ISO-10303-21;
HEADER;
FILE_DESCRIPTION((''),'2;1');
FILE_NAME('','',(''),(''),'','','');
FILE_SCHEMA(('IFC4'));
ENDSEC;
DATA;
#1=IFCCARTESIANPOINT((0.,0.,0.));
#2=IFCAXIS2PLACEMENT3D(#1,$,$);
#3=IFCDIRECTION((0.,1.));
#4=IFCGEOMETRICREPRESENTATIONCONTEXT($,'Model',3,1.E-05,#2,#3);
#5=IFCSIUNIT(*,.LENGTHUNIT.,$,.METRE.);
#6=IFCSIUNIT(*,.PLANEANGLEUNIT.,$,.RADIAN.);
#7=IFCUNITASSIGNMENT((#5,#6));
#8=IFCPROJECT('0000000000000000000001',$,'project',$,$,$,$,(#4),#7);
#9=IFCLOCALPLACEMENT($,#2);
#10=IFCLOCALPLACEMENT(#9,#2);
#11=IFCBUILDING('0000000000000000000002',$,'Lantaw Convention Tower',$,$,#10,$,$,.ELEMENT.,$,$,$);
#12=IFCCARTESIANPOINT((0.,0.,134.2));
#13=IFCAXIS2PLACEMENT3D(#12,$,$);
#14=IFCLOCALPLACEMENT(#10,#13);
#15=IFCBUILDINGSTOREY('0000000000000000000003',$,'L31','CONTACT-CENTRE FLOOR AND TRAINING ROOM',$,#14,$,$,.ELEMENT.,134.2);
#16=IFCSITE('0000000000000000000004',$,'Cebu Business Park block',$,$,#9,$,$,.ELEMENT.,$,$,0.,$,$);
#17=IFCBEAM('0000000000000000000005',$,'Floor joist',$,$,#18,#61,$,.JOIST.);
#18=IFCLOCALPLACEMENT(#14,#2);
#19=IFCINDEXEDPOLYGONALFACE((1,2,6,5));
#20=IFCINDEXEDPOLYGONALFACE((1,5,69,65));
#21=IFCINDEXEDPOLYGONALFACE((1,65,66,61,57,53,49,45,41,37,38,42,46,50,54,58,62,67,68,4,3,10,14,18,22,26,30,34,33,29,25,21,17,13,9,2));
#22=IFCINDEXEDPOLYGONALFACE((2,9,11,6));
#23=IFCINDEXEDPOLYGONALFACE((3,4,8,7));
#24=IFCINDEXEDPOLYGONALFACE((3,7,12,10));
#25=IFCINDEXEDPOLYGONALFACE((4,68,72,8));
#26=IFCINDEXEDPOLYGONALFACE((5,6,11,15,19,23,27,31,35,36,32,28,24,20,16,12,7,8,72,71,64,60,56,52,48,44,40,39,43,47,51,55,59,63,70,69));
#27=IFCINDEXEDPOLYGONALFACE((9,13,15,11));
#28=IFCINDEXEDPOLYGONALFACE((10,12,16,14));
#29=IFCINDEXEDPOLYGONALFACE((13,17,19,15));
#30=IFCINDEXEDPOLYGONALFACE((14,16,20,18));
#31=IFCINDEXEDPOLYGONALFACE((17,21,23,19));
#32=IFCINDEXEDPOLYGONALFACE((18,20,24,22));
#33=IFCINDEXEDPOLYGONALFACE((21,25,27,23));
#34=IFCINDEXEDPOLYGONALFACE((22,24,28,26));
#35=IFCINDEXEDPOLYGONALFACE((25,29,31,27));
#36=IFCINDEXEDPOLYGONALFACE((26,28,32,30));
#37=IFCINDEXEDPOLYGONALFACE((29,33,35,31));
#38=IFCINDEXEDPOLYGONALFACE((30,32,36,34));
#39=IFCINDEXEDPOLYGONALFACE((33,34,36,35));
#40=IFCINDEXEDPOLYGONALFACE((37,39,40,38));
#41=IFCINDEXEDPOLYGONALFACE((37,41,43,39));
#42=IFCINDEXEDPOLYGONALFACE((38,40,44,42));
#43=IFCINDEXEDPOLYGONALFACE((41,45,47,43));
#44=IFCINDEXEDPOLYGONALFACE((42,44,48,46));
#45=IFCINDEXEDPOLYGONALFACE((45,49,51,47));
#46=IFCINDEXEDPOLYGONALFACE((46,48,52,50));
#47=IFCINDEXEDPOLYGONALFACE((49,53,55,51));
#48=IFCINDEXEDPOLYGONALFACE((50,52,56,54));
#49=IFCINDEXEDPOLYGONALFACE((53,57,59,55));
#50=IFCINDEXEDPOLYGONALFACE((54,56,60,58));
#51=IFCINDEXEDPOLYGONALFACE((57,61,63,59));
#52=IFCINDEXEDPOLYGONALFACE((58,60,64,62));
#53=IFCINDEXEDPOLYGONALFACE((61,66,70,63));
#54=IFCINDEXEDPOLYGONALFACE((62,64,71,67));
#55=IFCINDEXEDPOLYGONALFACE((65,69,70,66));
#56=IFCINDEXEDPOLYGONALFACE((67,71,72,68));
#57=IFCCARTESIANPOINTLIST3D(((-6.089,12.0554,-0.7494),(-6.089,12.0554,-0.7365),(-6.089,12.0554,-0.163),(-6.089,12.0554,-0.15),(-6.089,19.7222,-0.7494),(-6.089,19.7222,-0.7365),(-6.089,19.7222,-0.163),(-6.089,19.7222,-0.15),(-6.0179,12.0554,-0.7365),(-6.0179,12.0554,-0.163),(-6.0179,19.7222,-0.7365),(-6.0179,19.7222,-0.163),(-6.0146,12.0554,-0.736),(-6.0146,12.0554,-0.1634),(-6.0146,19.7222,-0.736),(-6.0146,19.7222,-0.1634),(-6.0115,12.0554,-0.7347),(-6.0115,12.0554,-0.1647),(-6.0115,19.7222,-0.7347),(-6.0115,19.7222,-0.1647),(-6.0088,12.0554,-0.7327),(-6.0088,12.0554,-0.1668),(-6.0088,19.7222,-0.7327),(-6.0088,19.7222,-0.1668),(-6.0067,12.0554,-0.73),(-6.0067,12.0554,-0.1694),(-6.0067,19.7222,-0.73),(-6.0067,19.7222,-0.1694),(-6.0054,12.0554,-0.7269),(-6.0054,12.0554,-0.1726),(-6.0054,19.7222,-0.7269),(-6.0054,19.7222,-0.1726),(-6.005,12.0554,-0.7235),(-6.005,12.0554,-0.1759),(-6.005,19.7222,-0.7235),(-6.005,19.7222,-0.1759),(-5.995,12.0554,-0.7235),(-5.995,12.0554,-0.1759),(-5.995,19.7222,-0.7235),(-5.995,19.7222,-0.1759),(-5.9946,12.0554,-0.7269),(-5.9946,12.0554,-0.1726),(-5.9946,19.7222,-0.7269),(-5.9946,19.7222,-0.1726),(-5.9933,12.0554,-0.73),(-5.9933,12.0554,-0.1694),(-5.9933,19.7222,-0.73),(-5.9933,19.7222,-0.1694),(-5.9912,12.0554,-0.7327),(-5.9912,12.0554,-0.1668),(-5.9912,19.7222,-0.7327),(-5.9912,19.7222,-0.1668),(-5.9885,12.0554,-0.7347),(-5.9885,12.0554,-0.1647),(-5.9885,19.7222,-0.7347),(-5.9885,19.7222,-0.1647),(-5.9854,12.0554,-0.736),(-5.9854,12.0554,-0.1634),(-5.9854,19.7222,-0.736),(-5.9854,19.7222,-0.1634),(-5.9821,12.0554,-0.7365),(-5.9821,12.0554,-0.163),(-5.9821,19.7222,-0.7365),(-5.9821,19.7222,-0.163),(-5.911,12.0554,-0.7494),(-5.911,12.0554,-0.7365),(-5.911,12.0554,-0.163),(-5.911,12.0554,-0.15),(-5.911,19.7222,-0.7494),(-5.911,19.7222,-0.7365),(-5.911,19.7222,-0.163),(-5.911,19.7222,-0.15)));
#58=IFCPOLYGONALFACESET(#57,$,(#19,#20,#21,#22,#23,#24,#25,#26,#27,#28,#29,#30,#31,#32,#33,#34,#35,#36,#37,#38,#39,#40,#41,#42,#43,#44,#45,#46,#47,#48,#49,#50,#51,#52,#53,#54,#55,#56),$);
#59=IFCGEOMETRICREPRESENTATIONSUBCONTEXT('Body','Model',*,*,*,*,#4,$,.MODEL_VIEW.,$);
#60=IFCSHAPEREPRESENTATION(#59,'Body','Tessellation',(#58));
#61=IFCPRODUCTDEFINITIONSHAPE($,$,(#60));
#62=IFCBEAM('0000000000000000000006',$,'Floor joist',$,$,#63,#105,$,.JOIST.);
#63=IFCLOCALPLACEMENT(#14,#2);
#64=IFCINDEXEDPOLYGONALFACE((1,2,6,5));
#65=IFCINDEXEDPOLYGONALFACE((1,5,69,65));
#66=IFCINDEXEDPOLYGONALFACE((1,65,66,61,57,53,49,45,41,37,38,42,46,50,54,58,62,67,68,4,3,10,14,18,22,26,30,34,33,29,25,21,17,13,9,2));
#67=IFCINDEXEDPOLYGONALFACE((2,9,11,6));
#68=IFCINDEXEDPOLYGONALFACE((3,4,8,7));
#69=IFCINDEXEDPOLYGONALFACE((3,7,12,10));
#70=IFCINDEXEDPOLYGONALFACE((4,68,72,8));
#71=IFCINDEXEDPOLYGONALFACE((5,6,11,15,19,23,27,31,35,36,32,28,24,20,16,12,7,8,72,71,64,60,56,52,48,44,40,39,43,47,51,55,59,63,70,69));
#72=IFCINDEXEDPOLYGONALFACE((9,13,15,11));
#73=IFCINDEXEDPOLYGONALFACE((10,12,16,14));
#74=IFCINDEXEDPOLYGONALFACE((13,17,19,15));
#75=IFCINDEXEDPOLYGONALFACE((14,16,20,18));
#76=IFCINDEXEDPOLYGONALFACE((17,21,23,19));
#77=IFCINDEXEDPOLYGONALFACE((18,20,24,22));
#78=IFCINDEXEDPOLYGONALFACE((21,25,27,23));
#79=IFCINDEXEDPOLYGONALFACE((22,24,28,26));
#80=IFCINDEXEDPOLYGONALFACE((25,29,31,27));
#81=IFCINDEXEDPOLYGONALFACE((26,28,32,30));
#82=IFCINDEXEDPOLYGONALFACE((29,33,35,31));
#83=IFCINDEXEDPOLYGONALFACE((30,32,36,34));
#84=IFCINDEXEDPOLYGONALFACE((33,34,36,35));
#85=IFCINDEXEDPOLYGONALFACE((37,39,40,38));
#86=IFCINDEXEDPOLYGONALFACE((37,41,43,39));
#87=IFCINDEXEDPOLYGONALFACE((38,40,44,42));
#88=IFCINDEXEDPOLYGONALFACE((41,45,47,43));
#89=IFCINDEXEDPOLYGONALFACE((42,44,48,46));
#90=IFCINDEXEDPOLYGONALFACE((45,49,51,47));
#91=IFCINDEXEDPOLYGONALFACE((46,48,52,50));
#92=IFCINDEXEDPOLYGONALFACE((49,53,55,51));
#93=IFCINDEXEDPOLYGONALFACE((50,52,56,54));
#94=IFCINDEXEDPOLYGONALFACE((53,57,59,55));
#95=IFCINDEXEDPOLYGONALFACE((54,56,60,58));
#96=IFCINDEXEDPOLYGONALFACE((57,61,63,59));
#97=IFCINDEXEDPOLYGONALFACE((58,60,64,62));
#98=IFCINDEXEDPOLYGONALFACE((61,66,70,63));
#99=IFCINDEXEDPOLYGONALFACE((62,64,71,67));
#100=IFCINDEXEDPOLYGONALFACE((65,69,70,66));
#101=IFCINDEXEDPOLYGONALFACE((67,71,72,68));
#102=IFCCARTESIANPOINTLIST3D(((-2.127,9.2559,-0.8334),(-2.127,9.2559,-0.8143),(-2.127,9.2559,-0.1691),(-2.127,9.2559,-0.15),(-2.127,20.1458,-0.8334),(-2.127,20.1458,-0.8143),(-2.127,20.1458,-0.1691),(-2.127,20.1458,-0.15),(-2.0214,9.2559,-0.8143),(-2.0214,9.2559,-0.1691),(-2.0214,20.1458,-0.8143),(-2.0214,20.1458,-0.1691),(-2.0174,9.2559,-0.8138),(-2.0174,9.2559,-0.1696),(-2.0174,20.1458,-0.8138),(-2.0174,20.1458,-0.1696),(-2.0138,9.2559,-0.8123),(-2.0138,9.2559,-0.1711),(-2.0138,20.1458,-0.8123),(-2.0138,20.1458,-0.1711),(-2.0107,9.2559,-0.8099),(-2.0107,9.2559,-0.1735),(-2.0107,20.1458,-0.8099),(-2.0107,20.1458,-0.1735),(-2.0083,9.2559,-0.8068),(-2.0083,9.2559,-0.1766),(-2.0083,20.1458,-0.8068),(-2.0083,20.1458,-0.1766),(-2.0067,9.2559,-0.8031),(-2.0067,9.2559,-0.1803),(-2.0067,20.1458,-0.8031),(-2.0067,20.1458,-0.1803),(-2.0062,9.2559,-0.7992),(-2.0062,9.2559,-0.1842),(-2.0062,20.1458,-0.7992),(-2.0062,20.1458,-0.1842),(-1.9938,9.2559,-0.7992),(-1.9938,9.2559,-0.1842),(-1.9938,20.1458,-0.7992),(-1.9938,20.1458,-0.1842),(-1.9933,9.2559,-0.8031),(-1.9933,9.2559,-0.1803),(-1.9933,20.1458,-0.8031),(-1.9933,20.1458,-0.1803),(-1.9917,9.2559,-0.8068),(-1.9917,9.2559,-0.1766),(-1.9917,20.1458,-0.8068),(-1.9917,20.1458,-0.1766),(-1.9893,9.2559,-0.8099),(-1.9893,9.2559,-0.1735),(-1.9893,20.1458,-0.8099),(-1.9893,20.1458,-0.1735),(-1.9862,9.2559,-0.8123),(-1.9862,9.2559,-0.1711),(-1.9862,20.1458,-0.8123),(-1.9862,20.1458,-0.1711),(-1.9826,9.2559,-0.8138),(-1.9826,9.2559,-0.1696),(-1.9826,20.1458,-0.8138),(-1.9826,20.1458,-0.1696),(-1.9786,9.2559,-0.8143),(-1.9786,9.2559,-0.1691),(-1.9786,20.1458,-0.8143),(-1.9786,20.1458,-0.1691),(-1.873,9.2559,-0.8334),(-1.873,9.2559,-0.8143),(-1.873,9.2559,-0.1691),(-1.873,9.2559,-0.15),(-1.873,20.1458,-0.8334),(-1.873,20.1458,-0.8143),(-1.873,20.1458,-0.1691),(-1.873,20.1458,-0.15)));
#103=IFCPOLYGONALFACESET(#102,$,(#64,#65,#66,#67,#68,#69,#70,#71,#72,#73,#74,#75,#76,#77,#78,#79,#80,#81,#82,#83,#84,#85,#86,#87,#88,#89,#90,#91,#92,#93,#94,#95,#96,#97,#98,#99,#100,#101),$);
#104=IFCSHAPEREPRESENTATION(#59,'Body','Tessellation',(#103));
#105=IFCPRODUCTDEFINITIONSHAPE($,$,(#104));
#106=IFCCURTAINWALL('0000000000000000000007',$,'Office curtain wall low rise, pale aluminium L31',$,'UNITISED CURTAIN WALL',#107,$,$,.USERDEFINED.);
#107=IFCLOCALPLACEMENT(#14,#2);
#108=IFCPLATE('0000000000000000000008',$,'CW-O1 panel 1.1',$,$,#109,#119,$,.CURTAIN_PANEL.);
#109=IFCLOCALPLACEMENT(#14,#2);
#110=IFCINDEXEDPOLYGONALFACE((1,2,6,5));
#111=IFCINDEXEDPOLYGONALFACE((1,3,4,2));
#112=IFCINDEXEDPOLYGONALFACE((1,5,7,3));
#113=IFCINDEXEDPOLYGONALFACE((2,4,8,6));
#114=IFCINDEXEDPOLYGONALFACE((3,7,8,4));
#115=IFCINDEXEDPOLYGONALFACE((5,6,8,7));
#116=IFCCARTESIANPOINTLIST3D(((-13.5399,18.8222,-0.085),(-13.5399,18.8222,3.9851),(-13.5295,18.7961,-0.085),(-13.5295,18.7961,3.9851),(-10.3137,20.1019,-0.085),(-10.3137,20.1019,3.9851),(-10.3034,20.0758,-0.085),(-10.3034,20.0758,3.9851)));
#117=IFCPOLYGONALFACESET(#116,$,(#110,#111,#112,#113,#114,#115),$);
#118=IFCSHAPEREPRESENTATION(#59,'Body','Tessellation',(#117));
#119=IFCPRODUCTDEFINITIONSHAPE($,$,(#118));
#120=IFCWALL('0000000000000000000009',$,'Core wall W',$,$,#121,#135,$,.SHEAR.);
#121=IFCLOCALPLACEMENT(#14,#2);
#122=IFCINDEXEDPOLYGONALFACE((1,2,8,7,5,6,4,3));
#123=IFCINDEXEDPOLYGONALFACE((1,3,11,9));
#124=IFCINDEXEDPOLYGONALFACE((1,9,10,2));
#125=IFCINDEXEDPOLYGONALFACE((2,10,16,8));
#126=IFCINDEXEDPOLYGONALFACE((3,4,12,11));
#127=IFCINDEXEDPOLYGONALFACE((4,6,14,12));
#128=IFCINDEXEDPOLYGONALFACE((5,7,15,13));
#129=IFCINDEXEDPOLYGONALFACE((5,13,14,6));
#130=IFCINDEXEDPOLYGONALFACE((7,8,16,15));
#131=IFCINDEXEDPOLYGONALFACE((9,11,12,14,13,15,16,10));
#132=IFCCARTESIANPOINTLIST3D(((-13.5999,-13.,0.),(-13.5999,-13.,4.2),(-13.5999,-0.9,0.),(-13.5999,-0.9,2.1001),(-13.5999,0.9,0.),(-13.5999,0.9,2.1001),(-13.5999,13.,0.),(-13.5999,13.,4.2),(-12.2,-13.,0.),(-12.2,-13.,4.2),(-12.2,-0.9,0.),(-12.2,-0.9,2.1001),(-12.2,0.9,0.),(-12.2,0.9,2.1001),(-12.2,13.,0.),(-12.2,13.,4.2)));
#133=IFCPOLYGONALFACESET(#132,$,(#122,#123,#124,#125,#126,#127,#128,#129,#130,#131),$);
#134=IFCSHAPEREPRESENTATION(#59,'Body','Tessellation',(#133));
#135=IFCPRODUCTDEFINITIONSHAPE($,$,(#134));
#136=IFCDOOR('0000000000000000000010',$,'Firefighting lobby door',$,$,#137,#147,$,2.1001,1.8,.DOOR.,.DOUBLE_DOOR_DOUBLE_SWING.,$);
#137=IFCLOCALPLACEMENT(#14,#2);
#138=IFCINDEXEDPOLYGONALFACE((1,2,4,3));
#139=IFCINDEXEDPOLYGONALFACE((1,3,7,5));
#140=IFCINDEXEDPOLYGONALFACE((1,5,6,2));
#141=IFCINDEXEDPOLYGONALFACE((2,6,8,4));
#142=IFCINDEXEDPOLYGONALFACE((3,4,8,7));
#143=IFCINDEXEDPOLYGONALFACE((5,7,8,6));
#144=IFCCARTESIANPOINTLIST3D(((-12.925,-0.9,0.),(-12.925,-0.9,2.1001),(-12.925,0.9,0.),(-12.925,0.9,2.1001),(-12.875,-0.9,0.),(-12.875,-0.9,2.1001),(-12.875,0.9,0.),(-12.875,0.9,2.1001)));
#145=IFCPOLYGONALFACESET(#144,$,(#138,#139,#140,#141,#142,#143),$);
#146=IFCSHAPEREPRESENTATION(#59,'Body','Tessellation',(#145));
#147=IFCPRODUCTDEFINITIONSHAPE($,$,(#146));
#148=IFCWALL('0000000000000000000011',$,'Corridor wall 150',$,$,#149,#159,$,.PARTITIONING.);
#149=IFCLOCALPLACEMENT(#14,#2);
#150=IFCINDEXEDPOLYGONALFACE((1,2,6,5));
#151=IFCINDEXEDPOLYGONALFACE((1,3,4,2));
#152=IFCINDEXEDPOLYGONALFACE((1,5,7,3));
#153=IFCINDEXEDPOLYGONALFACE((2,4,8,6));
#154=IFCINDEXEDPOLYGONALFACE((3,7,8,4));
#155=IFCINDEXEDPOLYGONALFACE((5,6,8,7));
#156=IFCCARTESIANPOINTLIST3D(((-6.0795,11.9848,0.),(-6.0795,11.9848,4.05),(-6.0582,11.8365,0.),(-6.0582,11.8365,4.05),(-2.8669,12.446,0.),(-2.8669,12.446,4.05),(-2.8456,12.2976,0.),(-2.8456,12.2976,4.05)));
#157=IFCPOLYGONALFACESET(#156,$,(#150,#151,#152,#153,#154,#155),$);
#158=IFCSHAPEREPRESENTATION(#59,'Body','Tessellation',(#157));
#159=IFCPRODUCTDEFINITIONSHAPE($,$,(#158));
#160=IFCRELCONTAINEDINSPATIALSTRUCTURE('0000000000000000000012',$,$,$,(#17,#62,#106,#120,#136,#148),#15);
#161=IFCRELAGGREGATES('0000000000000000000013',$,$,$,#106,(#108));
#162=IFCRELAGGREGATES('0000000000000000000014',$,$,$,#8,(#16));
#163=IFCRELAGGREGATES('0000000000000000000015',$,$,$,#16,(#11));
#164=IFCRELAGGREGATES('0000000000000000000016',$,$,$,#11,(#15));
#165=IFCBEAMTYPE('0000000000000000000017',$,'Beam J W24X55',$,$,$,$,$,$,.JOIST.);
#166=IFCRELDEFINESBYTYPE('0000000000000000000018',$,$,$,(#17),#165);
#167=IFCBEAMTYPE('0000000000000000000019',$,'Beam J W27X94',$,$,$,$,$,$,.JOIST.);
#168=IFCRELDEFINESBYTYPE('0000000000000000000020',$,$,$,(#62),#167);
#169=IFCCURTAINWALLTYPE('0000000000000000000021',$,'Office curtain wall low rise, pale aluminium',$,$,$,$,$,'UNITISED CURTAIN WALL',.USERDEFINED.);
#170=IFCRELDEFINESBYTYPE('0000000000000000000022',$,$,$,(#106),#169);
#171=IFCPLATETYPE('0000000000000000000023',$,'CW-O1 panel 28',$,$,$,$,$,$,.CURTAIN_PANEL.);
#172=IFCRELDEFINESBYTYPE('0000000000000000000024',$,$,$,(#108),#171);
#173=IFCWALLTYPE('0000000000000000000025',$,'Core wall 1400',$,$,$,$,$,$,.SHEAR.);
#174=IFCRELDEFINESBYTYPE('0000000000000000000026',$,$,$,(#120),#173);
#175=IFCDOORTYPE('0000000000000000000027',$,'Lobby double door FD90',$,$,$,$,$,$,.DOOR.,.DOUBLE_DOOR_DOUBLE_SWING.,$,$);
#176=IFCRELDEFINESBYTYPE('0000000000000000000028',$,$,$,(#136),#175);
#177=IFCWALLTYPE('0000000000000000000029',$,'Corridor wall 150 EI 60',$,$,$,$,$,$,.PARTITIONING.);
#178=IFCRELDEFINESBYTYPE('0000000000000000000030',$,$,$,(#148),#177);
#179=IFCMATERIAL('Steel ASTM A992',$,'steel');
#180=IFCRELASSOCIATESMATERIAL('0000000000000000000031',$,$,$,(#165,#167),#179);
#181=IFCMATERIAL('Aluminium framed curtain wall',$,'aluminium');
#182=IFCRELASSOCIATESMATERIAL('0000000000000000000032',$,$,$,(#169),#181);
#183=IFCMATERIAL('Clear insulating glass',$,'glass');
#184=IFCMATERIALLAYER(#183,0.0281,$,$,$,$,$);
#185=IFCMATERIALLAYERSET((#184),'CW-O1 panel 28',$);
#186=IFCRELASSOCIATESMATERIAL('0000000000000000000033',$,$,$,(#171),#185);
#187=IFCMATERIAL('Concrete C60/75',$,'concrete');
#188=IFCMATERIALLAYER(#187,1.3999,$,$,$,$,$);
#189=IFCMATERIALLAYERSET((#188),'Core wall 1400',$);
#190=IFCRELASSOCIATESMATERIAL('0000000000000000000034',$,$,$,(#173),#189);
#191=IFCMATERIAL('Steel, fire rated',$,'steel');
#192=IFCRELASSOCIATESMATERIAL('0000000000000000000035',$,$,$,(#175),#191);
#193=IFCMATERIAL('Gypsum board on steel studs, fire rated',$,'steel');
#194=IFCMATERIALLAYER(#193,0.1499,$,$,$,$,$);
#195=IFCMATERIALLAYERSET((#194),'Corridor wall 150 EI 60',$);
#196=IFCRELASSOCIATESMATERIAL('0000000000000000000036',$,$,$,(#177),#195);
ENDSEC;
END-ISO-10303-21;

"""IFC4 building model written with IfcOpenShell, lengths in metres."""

from ifc_helpers import new_model, si_unit, direction, frame, frame_2d, origin, origin_2d, place, context, subcontext, project, spatial, rectangle, i_section, extrude, material, layer, layer_set, material_profile, profile_set, type_object, element, fill, aggregate, save


model = new_model("IFC4")

# Units and contexts
model_context = context("Model", 3, precision=1e-05, world=origin(), true_north=direction((0.0, 1.0)))
body_context = subcontext(model_context, "Body", "Model", "MODEL_VIEW")
ifc_project = project(units=[si_unit("LENGTHUNIT", "METRE"), si_unit("PLANEANGLEUNIT", "RADIAN")], contexts=[model_context])

# Site, building, storey
site_placement = place(None, origin())
site = spatial("IfcSite", under=ifc_project, at=site_placement, Name="Cebu Business Park block", CompositionType="ELEMENT", RefElevation=0.0)
building_placement = place(site_placement, origin())
building = spatial("IfcBuilding", under=site, at=building_placement, Name="Lantaw Convention Tower", CompositionType="ELEMENT")
storey_placement = place(building_placement, frame((0.0, 0.0, 134.2)))
storey = spatial("IfcBuildingStorey", under=building, at=storey_placement, Name="L31", Description="CONTACT-CENTRE FLOOR AND TRAINING ROOM", CompositionType="ELEMENT", Elevation=134.2)

# Shared definitions
ifc_material_1 = material(Name="Concrete C60/75", Category="concrete")

# Beams
ifc_material_2 = material(Name="Steel ASTM A992", Category="steel")
ifc_material_profile_1 = material_profile(ifc_material_2, i_section(OverallWidth=0.178, OverallDepth=0.5994, WebThickness=0.01, FlangeThickness=0.0129, FilletRadius=0.0129, at=origin_2d()), Name="W24X55")
ifc_profile_set_1 = profile_set([ifc_material_profile_1], Name="Steel ASTM A992")
beam_type_1 = type_object("IfcBeamType", Name="Beam J W24X55", PredefinedType="JOIST", material=ifc_profile_set_1)
beam_1_placement = place(storey_placement, frame((-6.0, 12.0554, -0.4497), z_axis=(0.0, 1.0, 0.0), x_axis=(-1.0, 0.0, 0.0)))
element("IfcBeam", 1, at=beam_1_placement, inside=storey, type_object=beam_type_1, Name="Floor joist", PredefinedType="JOIST", context=body_context, shape_type="SweptSolid", body=[
    extrude(i_section(OverallWidth=0.178, OverallDepth=0.5994, WebThickness=0.01, FlangeThickness=0.0129, FilletRadius=0.0129, at=origin_2d()), origin(), (0.0, 0.0, 1.0), 7.6667),
])
ifc_material_profile_2 = material_profile(ifc_material_2, i_section(OverallWidth=0.2539, OverallDepth=0.6833, WebThickness=0.0125, FlangeThickness=0.019, FilletRadius=0.0151, at=origin_2d()), Name="W27X94")
ifc_profile_set_2 = profile_set([ifc_material_profile_2], Name="Steel ASTM A992")
beam_type_2 = type_object("IfcBeamType", Name="Beam J W27X94", PredefinedType="JOIST", material=ifc_profile_set_2)
beam_2_placement = place(storey_placement, frame((-2.0, 9.2559, -0.4917), z_axis=(0.0, 1.0, 0.0), x_axis=(-1.0, 0.0, 0.0)))
element("IfcBeam", 2, at=beam_2_placement, inside=storey, type_object=beam_type_2, Name="Floor joist", PredefinedType="JOIST", context=body_context, shape_type="SweptSolid", body=[
    extrude(i_section(OverallWidth=0.2539, OverallDepth=0.6833, WebThickness=0.0125, FlangeThickness=0.019, FilletRadius=0.0151, at=origin_2d()), origin(), (0.0, 0.0, 1.0), 10.8899),
])

# Curtain wall, plate
ifc_material_3 = material(Name="Aluminium framed curtain wall", Category="aluminium")
curtain_wall_type = type_object("IfcCurtainWallType", Name="Office curtain wall low rise, pale aluminium", ElementType="UNITISED CURTAIN WALL", PredefinedType="USERDEFINED", material=ifc_material_3)
curtain_wall_placement = place(storey_placement, origin())
curtain_wall = element("IfcCurtainWall", 3, at=curtain_wall_placement, inside=storey, type_object=curtain_wall_type, Name="Office curtain wall low rise, pale aluminium L31", ObjectType="UNITISED CURTAIN WALL", PredefinedType="USERDEFINED")
ifc_material_4 = material(Name="Clear insulating glass", Category="glass")
ifc_layer_1 = layer(ifc_material_4, 0.0281)
ifc_layer_set_1 = layer_set([ifc_layer_1], Name="CW-O1 panel 28")
plate_type = type_object("IfcPlateType", Name="CW-O1 panel 28", PredefinedType="CURTAIN_PANEL", material=ifc_layer_set_1)
plate_placement = place(storey_placement, frame((-11.9216, 19.449, -0.085), z_axis=(0.0, 0.0, 1.0), x_axis=(-0.929548, -0.368702, 0.0)))
plate = element("IfcPlate", 4, at=plate_placement, type_object=plate_type, Name="CW-O1 panel 1.1", PredefinedType="CURTAIN_PANEL", context=body_context, shape_type="SweptSolid", body=[
    extrude(rectangle(XDim=3.4707, YDim=0.0281, at=origin_2d()), origin(), (0.0, 0.0, 1.0), 4.0701),
])
aggregate(curtain_wall, [plate])

# Wall, opening, door
ifc_layer_2 = layer(ifc_material_1, 1.3999)
ifc_layer_set_2 = layer_set([ifc_layer_2], Name="Core wall 1400")
wall_type_1 = type_object("IfcWallType", Name="Core wall 1400", PredefinedType="SHEAR", material=ifc_layer_set_2)
wall_1_placement = place(storey_placement, frame((-12.8999, 13.0, 0.0), z_axis=(0.0, 0.0, 1.0), x_axis=(0.0, -1.0, 0.0)))
wall_1 = element("IfcWall", 5, at=wall_1_placement, inside=storey, type_object=wall_type_1, Name="Core wall W", PredefinedType="SHEAR", context=body_context, shape_type="SweptSolid", body=[
    extrude(rectangle(XDim=26.0, YDim=1.3999, at=frame_2d((13.0, 0.0))), origin(), (0.0, 0.0, 1.0), 4.2),
])
opening_1_placement = place(wall_1_placement, frame((12.1001, 0.0, 0.0)))
opening_1 = element("IfcOpeningElement", 6, at=opening_1_placement, cuts=wall_1, PredefinedType="OPENING", context=body_context, shape_type="SweptSolid", body=[
    extrude(rectangle(XDim=1.8, YDim=2.1001, at=frame_2d((0.8999, 1.05))), frame((0.0, 0.71, 0.0), z_axis=(0.0, -1.0, 0.0), x_axis=(1.0, 0.0, 0.0)), (0.0, 0.0, 1.0), 1.4199),
])
ifc_material_5 = material(Name="Steel, fire rated", Category="steel")
door_type_1 = type_object("IfcDoorType", Name="Lobby double door FD90", OperationType="DOUBLE_DOOR_DOUBLE_SWING", PredefinedType="DOOR", material=ifc_material_5)
door_1_placement = place(opening_1_placement, origin())
door_1 = element("IfcDoor", 7, at=door_1_placement, inside=storey, type_object=door_type_1, Name="Firefighting lobby door", OperationType="DOUBLE_DOOR_DOUBLE_SWING", OverallHeight=2.1001, OverallWidth=1.8, PredefinedType="DOOR", context=body_context, shape_type="SweptSolid", body=[
    extrude(rectangle(XDim=1.8, YDim=2.1001, at=frame_2d((0.8999, 1.05))), frame((0.0, 0.0249, 0.0), z_axis=(0.0, -1.0, 0.0), x_axis=(1.0, 0.0, 0.0)), (0.0, 0.0, 1.0), 0.05),
])
fill(opening_1, door_1)

# Wall
ifc_material_6 = material(Name="Gypsum board on steel studs, fire rated", Category="steel")
ifc_layer_3 = layer(ifc_material_6, 0.1499)
ifc_layer_set_3 = layer_set([ifc_layer_3], Name="Corridor wall 150 EI 60")
wall_type_2 = type_object("IfcWallType", Name="Corridor wall 150 EI 60", PredefinedType="PARTITIONING", material=ifc_layer_set_3)
wall_2_placement = place(storey_placement, frame((-2.8562, 12.3718, 0.0), z_axis=(0.0, 0.0, 1.0), x_axis=(-0.989853, -0.142095, 0.0)))
element("IfcWall", 8, at=wall_2_placement, inside=storey, type_object=wall_type_2, Name="Corridor wall 150", PredefinedType="PARTITIONING", context=body_context, shape_type="SweptSolid", body=[
    extrude(rectangle(XDim=3.2456, YDim=0.1499, at=frame_2d((1.6228, 0.0))), origin(), (0.0, 0.0, 1.0), 4.05),
])

save(model, "model.ifc")
